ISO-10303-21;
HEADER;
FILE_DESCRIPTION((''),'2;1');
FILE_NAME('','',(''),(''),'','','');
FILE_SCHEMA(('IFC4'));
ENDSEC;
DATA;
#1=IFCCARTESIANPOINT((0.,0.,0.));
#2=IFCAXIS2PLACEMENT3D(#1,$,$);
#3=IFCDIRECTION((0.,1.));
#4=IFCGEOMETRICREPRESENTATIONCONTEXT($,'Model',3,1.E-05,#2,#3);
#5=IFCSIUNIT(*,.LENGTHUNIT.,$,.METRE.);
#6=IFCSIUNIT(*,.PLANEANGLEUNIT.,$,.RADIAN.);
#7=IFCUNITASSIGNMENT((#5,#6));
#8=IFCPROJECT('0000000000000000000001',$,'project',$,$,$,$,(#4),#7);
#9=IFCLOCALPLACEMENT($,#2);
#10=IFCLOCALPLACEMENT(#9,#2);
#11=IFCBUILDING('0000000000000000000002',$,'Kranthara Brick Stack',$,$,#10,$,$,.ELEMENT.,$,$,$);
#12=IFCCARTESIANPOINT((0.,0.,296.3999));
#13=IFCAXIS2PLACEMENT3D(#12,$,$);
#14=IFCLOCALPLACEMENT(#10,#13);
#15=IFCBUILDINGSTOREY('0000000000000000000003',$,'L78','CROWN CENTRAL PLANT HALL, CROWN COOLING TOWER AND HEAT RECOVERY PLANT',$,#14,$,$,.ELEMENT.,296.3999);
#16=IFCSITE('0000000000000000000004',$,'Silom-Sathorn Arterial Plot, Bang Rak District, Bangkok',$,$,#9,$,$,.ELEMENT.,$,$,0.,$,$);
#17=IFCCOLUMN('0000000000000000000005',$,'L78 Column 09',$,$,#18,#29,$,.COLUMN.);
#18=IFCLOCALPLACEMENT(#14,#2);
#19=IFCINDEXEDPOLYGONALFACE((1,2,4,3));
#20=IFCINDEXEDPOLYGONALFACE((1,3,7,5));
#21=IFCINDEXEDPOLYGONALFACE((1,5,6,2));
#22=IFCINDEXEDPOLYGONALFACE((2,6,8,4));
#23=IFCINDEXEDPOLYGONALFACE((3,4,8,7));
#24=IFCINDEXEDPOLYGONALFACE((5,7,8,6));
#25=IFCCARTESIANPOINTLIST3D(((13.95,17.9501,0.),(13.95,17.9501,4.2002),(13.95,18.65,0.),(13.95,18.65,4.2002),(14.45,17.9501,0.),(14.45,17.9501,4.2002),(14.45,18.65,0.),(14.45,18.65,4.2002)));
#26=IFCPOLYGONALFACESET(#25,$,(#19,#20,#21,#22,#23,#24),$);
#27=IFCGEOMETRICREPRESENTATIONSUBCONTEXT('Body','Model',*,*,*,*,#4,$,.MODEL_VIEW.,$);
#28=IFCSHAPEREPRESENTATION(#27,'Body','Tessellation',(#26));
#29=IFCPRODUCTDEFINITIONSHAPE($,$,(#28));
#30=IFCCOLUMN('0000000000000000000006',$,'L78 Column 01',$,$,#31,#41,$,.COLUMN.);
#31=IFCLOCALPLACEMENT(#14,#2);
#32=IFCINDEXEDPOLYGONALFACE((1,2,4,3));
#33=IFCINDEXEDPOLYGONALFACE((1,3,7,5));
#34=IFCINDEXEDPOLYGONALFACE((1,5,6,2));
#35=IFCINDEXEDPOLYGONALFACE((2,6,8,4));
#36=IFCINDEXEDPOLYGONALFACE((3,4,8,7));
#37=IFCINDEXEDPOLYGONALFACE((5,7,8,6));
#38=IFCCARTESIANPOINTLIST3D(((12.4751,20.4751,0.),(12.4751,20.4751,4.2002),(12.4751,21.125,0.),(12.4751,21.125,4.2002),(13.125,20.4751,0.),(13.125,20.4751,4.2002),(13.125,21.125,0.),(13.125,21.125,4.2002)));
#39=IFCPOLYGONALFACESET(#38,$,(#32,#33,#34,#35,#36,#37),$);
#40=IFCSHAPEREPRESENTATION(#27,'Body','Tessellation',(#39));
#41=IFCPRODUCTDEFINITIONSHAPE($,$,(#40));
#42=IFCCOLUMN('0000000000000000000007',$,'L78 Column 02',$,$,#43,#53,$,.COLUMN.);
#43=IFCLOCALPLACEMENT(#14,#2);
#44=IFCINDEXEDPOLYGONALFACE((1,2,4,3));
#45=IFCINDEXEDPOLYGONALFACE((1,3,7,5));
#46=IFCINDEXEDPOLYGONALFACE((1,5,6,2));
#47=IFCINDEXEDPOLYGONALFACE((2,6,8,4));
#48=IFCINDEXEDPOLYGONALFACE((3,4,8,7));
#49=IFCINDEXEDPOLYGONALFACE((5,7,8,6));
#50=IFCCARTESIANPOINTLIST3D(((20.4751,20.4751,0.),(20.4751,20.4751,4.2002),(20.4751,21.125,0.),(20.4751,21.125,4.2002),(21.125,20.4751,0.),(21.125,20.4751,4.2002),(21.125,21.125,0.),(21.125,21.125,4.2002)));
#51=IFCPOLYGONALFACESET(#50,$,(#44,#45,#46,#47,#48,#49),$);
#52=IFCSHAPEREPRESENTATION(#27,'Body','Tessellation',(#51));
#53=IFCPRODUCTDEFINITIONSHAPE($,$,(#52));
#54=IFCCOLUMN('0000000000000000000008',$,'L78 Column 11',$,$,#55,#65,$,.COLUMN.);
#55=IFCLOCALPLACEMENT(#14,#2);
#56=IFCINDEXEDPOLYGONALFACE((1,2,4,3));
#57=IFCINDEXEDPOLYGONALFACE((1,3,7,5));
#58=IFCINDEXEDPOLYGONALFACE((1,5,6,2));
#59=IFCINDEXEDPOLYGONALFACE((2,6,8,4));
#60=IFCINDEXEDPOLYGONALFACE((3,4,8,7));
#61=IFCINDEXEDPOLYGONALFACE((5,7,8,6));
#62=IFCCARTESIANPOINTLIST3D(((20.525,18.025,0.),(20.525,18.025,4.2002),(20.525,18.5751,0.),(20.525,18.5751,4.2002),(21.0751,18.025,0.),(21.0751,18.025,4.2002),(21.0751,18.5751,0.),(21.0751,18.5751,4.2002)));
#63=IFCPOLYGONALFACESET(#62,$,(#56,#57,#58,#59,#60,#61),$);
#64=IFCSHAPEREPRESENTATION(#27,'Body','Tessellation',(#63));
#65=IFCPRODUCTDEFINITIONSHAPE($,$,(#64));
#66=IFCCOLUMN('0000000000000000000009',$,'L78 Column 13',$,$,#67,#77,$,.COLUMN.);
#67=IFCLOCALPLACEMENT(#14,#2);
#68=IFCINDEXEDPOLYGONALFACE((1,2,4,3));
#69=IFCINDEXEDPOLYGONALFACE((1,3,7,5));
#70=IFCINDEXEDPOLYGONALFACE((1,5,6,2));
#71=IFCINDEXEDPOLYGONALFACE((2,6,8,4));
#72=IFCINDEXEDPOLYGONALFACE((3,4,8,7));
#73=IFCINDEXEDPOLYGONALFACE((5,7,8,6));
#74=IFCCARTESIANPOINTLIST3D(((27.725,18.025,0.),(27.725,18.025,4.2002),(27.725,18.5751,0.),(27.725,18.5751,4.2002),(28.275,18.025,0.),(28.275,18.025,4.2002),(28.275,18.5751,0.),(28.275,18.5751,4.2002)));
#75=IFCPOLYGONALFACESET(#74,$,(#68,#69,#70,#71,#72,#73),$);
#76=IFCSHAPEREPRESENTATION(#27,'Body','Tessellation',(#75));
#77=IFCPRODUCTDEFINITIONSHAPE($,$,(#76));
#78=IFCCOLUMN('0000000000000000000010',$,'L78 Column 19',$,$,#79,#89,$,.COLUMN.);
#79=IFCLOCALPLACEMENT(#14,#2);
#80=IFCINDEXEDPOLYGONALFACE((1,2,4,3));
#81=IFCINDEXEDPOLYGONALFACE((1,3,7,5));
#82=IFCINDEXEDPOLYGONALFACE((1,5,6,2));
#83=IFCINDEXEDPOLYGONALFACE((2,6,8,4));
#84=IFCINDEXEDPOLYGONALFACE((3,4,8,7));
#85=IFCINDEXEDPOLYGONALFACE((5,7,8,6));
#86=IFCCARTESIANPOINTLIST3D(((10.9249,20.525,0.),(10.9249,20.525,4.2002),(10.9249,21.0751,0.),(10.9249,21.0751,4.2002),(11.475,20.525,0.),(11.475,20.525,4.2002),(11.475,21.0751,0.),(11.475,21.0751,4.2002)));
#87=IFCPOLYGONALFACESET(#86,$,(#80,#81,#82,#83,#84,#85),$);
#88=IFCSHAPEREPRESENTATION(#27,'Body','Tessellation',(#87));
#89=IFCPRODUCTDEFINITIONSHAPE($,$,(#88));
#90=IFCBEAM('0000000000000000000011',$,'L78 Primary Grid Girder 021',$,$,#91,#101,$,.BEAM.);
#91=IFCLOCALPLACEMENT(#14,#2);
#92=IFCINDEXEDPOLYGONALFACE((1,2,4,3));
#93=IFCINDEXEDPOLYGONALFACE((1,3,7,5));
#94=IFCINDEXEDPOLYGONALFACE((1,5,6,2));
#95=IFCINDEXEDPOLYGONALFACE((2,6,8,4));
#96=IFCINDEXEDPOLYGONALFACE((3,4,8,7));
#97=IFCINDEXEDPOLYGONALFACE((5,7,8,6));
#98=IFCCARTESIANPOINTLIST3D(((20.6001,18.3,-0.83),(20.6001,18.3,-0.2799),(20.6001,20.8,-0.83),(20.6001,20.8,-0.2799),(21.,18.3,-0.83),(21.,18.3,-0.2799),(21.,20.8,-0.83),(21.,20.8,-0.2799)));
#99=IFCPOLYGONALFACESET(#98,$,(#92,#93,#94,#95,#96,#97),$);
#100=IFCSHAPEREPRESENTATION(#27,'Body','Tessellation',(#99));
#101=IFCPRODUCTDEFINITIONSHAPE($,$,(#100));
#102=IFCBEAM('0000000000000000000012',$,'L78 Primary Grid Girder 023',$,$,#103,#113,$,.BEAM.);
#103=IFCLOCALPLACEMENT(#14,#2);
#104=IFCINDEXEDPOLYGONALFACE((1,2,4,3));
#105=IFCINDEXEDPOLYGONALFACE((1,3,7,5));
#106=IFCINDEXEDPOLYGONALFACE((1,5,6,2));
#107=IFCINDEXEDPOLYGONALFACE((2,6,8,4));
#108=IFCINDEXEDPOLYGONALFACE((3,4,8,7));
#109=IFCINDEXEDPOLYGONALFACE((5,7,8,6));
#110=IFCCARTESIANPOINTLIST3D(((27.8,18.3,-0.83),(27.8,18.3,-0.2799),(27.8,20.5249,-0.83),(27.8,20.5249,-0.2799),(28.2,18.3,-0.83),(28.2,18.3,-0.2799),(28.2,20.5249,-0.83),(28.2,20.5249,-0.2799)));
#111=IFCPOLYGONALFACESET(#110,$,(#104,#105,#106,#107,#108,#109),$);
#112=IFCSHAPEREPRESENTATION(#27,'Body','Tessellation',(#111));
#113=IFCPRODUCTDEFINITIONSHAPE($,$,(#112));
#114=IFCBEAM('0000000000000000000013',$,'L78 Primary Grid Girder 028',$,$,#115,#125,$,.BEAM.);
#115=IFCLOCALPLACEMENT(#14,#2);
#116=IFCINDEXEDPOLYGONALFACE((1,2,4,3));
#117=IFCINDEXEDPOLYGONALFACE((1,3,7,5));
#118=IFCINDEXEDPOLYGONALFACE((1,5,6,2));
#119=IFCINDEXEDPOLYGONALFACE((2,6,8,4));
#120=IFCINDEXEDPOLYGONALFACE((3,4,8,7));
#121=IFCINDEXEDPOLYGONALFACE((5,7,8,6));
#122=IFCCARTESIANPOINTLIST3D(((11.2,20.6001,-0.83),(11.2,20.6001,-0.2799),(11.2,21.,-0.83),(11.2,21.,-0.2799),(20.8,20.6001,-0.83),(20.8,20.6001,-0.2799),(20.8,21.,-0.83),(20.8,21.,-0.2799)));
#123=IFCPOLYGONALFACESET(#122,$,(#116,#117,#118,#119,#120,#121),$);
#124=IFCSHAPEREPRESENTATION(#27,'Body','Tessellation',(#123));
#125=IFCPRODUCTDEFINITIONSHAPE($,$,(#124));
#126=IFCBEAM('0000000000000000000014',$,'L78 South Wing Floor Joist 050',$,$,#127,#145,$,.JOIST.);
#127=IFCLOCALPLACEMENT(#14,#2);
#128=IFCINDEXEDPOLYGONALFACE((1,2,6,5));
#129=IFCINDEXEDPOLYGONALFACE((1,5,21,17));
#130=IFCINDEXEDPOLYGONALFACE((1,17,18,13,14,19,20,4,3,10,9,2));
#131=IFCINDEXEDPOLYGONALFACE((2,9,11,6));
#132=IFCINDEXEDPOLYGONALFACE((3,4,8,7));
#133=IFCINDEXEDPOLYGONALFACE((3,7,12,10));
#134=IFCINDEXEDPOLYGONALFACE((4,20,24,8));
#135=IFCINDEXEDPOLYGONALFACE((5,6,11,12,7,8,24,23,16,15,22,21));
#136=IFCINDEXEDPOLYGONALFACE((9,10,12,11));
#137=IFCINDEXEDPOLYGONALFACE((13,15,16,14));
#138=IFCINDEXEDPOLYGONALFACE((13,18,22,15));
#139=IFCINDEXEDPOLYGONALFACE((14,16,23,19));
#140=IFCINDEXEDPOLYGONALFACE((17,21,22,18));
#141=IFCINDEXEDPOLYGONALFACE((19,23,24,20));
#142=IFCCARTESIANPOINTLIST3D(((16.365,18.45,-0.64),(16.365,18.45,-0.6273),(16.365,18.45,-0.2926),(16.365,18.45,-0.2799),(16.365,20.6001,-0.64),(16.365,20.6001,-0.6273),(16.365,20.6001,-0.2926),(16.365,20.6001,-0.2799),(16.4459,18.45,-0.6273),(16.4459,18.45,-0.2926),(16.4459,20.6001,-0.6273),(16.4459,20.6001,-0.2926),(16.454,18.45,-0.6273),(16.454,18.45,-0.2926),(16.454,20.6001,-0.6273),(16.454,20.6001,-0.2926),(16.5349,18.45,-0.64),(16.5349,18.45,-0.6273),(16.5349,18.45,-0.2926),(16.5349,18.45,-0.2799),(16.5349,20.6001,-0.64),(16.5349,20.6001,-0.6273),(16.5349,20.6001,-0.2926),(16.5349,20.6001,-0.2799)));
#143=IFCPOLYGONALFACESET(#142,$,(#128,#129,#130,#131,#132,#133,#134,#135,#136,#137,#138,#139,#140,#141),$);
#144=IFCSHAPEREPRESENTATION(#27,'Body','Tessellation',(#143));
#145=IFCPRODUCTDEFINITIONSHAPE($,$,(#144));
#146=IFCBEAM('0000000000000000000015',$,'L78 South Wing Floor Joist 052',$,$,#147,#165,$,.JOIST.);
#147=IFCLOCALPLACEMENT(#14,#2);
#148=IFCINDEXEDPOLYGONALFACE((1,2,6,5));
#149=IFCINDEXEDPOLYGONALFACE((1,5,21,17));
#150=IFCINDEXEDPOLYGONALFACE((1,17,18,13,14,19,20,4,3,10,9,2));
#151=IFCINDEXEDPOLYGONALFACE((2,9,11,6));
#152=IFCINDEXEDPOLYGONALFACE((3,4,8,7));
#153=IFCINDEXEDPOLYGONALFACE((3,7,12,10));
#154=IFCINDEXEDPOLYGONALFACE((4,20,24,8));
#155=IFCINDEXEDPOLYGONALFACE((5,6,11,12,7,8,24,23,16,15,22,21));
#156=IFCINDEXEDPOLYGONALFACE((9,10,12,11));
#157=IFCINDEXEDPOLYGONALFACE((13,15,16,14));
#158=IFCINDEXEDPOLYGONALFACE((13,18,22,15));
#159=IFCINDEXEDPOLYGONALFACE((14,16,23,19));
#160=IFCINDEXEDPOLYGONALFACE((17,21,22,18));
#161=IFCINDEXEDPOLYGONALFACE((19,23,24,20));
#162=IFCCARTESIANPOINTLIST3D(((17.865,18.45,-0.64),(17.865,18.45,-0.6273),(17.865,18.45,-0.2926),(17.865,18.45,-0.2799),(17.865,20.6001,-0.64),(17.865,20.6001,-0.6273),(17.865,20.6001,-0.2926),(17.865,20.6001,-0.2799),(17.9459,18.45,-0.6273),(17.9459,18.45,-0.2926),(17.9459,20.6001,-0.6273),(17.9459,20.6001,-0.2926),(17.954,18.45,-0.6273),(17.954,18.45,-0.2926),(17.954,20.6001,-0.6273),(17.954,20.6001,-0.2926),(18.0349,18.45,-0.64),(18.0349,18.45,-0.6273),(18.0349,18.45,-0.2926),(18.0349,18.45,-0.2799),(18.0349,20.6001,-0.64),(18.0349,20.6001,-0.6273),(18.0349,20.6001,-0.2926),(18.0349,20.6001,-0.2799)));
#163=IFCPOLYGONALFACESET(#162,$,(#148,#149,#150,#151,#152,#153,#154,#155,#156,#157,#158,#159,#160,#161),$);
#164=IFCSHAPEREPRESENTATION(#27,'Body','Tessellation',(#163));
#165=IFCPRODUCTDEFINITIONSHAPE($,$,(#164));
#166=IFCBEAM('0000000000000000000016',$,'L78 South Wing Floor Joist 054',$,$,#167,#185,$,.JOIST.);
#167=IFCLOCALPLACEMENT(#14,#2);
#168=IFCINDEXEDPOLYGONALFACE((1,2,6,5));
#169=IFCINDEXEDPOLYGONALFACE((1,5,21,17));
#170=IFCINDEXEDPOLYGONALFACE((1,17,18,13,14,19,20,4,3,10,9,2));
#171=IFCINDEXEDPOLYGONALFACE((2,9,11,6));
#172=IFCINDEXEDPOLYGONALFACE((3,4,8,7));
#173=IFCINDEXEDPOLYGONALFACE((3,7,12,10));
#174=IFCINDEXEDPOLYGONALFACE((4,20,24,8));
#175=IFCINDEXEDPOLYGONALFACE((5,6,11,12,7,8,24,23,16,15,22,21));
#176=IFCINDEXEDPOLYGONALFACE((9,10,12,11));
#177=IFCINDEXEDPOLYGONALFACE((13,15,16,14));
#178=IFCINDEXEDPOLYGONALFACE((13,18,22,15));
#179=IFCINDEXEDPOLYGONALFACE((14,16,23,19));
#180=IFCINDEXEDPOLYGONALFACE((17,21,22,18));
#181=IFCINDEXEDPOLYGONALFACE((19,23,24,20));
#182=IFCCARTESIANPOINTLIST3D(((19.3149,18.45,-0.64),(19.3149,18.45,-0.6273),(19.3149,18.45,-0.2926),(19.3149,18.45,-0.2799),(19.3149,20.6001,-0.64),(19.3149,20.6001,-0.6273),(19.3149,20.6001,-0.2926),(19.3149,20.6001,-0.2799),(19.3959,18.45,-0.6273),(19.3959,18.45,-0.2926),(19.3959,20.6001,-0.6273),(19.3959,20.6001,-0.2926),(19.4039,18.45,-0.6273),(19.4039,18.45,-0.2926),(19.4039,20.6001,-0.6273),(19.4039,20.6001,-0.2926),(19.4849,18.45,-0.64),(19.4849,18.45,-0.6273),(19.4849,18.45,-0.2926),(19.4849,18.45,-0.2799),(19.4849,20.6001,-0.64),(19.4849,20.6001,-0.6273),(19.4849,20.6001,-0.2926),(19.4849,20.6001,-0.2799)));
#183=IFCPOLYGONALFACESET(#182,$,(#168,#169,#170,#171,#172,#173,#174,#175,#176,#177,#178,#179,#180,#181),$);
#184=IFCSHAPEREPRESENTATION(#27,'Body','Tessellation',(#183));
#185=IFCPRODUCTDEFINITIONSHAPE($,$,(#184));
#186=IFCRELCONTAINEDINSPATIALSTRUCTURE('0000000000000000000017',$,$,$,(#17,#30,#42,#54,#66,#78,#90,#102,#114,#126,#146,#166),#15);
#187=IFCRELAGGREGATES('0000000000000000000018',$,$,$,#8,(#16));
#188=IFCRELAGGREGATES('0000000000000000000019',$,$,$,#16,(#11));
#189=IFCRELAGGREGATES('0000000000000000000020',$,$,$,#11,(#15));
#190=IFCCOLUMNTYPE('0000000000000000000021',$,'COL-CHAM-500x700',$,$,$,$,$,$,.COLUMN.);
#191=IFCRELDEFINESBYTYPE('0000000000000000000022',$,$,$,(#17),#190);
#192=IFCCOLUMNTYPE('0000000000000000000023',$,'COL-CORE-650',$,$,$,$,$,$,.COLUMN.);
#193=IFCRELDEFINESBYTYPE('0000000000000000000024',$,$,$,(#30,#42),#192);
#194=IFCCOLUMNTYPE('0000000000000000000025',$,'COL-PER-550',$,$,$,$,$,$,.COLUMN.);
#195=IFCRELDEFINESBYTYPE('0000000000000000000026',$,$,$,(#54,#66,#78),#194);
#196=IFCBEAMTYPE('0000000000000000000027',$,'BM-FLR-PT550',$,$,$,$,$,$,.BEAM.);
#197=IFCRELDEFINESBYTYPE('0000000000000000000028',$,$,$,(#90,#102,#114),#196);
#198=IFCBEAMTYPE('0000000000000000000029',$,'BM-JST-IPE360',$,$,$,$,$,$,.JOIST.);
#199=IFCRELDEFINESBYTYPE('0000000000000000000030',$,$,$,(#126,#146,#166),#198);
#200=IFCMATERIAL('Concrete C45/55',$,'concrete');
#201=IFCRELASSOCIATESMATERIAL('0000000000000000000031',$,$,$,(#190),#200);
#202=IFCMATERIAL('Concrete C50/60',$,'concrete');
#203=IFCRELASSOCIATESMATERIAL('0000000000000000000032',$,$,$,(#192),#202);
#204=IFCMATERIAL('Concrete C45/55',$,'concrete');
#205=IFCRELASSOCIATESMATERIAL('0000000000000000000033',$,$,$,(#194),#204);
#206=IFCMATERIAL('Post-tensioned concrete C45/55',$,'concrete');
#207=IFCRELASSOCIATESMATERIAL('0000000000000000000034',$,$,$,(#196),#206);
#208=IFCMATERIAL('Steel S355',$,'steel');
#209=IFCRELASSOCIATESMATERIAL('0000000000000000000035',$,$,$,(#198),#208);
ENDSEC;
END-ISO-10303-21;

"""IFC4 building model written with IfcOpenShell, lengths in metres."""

from ifc_helpers import new_model, si_unit, direction, frame, origin, origin_2d, place, context, subcontext, project, spatial, rectangle, i_section, extrude, material, material_profile, profile_set, type_object, element, save


model = new_model("IFC4")

# Units and contexts
model_context = context("Model", 3, precision=1e-05, world=origin(), true_north=direction((0.0, 1.0)))
body_context = subcontext(model_context, "Body", "Model", "MODEL_VIEW")
ifc_project = project(units=[si_unit("LENGTHUNIT", "METRE"), si_unit("PLANEANGLEUNIT", "RADIAN")], contexts=[model_context])

# Site, building, storey
site_placement = place(None, origin())
site = spatial("IfcSite", under=ifc_project, at=site_placement, Name="Silom-Sathorn Arterial Plot, Bang Rak District, Bangkok", CompositionType="ELEMENT", RefElevation=0.0)
building_placement = place(site_placement, origin())
building = spatial("IfcBuilding", under=site, at=building_placement, Name="Kranthara Brick Stack", CompositionType="ELEMENT")
storey_placement = place(building_placement, frame((0.0, 0.0, 296.3999)))
storey = spatial("IfcBuildingStorey", under=building, at=storey_placement, Name="L78", Description="CROWN CENTRAL PLANT HALL, CROWN COOLING TOWER AND HEAT RECOVERY PLANT", CompositionType="ELEMENT", Elevation=296.3999)

# Columns
ifc_material_1 = material(Name="Concrete C45/55", Category="concrete")
ifc_material_profile_1 = material_profile(ifc_material_1, rectangle(XDim=0.5, YDim=0.7, at=origin_2d()), Name="RC 500x700")
ifc_profile_set_1 = profile_set([ifc_material_profile_1], Name="Concrete C45/55")
column_type_1 = type_object("IfcColumnType", Name="COL-CHAM-500x700", PredefinedType="COLUMN", material=ifc_profile_set_1)
column_placement = place(storey_placement, frame((14.2, 18.3, 0.0), z_axis=(0.0, 0.0, 1.0), x_axis=(1.0, 0.0, 0.0)))
element("IfcColumn", 1, at=column_placement, inside=storey, type_object=column_type_1, Name="L78 Column 09", PredefinedType="COLUMN", context=body_context, shape_type="SweptSolid", body=[
    extrude(rectangle(XDim=0.5, YDim=0.7, at=origin_2d()), origin(), (0.0, 0.0, 1.0), 4.2002),
])
ifc_material_2 = material(Name="Concrete C50/60", Category="concrete")
ifc_material_profile_2 = material_profile(ifc_material_2, rectangle(XDim=0.6499, YDim=0.6499, at=origin_2d()), Name="RC 650x650")
ifc_profile_set_2 = profile_set([ifc_material_profile_2], Name="Concrete C50/60")
column_type_2 = type_object("IfcColumnType", Name="COL-CORE-650", PredefinedType="COLUMN", material=ifc_profile_set_2)
for number, where, z_axis, x_axis, name in (
    (2, (12.8, 20.8, 0.0), (0.0, 0.0, 1.0), (1.0, 0.0, 0.0), "L78 Column 01"),
    (3, (20.8, 20.8, 0.0), (0.0, 0.0, 1.0), (1.0, 0.0, 0.0), "L78 Column 02"),
):
    element("IfcColumn", number, at=place(storey_placement, frame(where, z_axis=z_axis, x_axis=x_axis)), inside=storey, type_object=column_type_2, Name=name, PredefinedType="COLUMN", context=body_context, shape_type="SweptSolid", body=[
        extrude(rectangle(XDim=0.6499, YDim=0.6499, at=origin_2d()), origin(), (0.0, 0.0, 1.0), 4.2002),
    ])
ifc_material_3 = material(Name="Concrete C45/55", Category="concrete")
ifc_material_profile_3 = material_profile(ifc_material_3, rectangle(XDim=0.55, YDim=0.55, at=origin_2d()), Name="RC 550x550")
ifc_profile_set_3 = profile_set([ifc_material_profile_3], Name="Concrete C45/55")
column_type_3 = type_object("IfcColumnType", Name="COL-PER-550", PredefinedType="COLUMN", material=ifc_profile_set_3)
for number, where, z_axis, x_axis, name in (
    (4, (20.8, 18.3, 0.0), (0.0, 0.0, 1.0), (1.0, 0.0, 0.0), "L78 Column 11"),
    (5, (28.0, 18.3, 0.0), (0.0, 0.0, 1.0), (1.0, 0.0, 0.0), "L78 Column 13"),
    (6, (11.2, 20.8, 0.0), (0.0, 0.0, 1.0), (1.0, 0.0, 0.0), "L78 Column 19"),
):
    element("IfcColumn", number, at=place(storey_placement, frame(where, z_axis=z_axis, x_axis=x_axis)), inside=storey, type_object=column_type_3, Name=name, PredefinedType="COLUMN", context=body_context, shape_type="SweptSolid", body=[
        extrude(rectangle(XDim=0.55, YDim=0.55, at=origin_2d()), origin(), (0.0, 0.0, 1.0), 4.2002),
    ])

# Beams
ifc_material_4 = material(Name="Post-tensioned concrete C45/55", Category="concrete")
ifc_material_profile_4 = material_profile(ifc_material_4, rectangle(XDim=0.3999, YDim=0.55, at=origin_2d()), Name="PT 400x550")
ifc_profile_set_4 = profile_set([ifc_material_profile_4], Name="Post-tensioned concrete C45/55")
beam_type_1 = type_object("IfcBeamType", Name="BM-FLR-PT550", PredefinedType="BEAM", material=ifc_profile_set_4)
beam_1_placement = place(storey_placement, frame((20.8, 18.3, -0.5549), z_axis=(0.0, 1.0, 0.0), x_axis=(-1.0, 0.0, 0.0)))
element("IfcBeam", 7, at=beam_1_placement, inside=storey, type_object=beam_type_1, Name="L78 Primary Grid Girder 021", PredefinedType="BEAM", context=body_context, shape_type="SweptSolid", body=[
    extrude(rectangle(XDim=0.3999, YDim=0.55, at=origin_2d()), origin(), (0.0, 0.0, 1.0), 2.5),
])
beam_2_placement = place(storey_placement, frame((28.0, 18.3, -0.5549), z_axis=(0.0, 1.0, 0.0), x_axis=(-1.0, 0.0, 0.0)))
element("IfcBeam", 8, at=beam_2_placement, inside=storey, type_object=beam_type_1, Name="L78 Primary Grid Girder 023", PredefinedType="BEAM", context=body_context, shape_type="SweptSolid", body=[
    extrude(rectangle(XDim=0.3999, YDim=0.55, at=origin_2d()), origin(), (0.0, 0.0, 1.0), 2.2249),
])
beam_3_placement = place(storey_placement, frame((11.2, 20.8, -0.5549), z_axis=(1.0, 0.0, 0.0), x_axis=(0.0, 1.0, 0.0)))
element("IfcBeam", 9, at=beam_3_placement, inside=storey, type_object=beam_type_1, Name="L78 Primary Grid Girder 028", PredefinedType="BEAM", context=body_context, shape_type="SweptSolid", body=[
    extrude(rectangle(XDim=0.3999, YDim=0.55, at=origin_2d()), origin(), (0.0, 0.0, 1.0), 9.6001),
])
ifc_material_5 = material(Name="Steel S355", Category="steel")
ifc_material_profile_5 = material_profile(ifc_material_5, i_section(OverallWidth=0.1699, OverallDepth=0.3601, WebThickness=0.0081, FlangeThickness=0.0127, at=origin_2d()), Name="IPE 360")
ifc_profile_set_5 = profile_set([ifc_material_profile_5], Name="Steel S355")
beam_type_2 = type_object("IfcBeamType", Name="BM-JST-IPE360", PredefinedType="JOIST", material=ifc_profile_set_5)
for number, where, z_axis, x_axis, name in (
    (10, (16.45, 18.45, -0.46), (0.0, 1.0, 0.0), (-1.0, 0.0, 0.0), "L78 South Wing Floor Joist 050"),
    (11, (17.95, 18.45, -0.46), (0.0, 1.0, 0.0), (-1.0, 0.0, 0.0), "L78 South Wing Floor Joist 052"),
    (12, (19.3999, 18.45, -0.46), (0.0, 1.0, 0.0), (-1.0, 0.0, 0.0), "L78 South Wing Floor Joist 054"),
):
    element("IfcBeam", number, at=place(storey_placement, frame(where, z_axis=z_axis, x_axis=x_axis)), inside=storey, type_object=beam_type_2, Name=name, PredefinedType="JOIST", context=body_context, shape_type="SweptSolid", body=[
        extrude(i_section(OverallWidth=0.1699, OverallDepth=0.3601, WebThickness=0.0081, FlangeThickness=0.0127, at=origin_2d()), origin(), (0.0, 0.0, 1.0), 2.1501),
    ])

save(model, "model.ifc")
